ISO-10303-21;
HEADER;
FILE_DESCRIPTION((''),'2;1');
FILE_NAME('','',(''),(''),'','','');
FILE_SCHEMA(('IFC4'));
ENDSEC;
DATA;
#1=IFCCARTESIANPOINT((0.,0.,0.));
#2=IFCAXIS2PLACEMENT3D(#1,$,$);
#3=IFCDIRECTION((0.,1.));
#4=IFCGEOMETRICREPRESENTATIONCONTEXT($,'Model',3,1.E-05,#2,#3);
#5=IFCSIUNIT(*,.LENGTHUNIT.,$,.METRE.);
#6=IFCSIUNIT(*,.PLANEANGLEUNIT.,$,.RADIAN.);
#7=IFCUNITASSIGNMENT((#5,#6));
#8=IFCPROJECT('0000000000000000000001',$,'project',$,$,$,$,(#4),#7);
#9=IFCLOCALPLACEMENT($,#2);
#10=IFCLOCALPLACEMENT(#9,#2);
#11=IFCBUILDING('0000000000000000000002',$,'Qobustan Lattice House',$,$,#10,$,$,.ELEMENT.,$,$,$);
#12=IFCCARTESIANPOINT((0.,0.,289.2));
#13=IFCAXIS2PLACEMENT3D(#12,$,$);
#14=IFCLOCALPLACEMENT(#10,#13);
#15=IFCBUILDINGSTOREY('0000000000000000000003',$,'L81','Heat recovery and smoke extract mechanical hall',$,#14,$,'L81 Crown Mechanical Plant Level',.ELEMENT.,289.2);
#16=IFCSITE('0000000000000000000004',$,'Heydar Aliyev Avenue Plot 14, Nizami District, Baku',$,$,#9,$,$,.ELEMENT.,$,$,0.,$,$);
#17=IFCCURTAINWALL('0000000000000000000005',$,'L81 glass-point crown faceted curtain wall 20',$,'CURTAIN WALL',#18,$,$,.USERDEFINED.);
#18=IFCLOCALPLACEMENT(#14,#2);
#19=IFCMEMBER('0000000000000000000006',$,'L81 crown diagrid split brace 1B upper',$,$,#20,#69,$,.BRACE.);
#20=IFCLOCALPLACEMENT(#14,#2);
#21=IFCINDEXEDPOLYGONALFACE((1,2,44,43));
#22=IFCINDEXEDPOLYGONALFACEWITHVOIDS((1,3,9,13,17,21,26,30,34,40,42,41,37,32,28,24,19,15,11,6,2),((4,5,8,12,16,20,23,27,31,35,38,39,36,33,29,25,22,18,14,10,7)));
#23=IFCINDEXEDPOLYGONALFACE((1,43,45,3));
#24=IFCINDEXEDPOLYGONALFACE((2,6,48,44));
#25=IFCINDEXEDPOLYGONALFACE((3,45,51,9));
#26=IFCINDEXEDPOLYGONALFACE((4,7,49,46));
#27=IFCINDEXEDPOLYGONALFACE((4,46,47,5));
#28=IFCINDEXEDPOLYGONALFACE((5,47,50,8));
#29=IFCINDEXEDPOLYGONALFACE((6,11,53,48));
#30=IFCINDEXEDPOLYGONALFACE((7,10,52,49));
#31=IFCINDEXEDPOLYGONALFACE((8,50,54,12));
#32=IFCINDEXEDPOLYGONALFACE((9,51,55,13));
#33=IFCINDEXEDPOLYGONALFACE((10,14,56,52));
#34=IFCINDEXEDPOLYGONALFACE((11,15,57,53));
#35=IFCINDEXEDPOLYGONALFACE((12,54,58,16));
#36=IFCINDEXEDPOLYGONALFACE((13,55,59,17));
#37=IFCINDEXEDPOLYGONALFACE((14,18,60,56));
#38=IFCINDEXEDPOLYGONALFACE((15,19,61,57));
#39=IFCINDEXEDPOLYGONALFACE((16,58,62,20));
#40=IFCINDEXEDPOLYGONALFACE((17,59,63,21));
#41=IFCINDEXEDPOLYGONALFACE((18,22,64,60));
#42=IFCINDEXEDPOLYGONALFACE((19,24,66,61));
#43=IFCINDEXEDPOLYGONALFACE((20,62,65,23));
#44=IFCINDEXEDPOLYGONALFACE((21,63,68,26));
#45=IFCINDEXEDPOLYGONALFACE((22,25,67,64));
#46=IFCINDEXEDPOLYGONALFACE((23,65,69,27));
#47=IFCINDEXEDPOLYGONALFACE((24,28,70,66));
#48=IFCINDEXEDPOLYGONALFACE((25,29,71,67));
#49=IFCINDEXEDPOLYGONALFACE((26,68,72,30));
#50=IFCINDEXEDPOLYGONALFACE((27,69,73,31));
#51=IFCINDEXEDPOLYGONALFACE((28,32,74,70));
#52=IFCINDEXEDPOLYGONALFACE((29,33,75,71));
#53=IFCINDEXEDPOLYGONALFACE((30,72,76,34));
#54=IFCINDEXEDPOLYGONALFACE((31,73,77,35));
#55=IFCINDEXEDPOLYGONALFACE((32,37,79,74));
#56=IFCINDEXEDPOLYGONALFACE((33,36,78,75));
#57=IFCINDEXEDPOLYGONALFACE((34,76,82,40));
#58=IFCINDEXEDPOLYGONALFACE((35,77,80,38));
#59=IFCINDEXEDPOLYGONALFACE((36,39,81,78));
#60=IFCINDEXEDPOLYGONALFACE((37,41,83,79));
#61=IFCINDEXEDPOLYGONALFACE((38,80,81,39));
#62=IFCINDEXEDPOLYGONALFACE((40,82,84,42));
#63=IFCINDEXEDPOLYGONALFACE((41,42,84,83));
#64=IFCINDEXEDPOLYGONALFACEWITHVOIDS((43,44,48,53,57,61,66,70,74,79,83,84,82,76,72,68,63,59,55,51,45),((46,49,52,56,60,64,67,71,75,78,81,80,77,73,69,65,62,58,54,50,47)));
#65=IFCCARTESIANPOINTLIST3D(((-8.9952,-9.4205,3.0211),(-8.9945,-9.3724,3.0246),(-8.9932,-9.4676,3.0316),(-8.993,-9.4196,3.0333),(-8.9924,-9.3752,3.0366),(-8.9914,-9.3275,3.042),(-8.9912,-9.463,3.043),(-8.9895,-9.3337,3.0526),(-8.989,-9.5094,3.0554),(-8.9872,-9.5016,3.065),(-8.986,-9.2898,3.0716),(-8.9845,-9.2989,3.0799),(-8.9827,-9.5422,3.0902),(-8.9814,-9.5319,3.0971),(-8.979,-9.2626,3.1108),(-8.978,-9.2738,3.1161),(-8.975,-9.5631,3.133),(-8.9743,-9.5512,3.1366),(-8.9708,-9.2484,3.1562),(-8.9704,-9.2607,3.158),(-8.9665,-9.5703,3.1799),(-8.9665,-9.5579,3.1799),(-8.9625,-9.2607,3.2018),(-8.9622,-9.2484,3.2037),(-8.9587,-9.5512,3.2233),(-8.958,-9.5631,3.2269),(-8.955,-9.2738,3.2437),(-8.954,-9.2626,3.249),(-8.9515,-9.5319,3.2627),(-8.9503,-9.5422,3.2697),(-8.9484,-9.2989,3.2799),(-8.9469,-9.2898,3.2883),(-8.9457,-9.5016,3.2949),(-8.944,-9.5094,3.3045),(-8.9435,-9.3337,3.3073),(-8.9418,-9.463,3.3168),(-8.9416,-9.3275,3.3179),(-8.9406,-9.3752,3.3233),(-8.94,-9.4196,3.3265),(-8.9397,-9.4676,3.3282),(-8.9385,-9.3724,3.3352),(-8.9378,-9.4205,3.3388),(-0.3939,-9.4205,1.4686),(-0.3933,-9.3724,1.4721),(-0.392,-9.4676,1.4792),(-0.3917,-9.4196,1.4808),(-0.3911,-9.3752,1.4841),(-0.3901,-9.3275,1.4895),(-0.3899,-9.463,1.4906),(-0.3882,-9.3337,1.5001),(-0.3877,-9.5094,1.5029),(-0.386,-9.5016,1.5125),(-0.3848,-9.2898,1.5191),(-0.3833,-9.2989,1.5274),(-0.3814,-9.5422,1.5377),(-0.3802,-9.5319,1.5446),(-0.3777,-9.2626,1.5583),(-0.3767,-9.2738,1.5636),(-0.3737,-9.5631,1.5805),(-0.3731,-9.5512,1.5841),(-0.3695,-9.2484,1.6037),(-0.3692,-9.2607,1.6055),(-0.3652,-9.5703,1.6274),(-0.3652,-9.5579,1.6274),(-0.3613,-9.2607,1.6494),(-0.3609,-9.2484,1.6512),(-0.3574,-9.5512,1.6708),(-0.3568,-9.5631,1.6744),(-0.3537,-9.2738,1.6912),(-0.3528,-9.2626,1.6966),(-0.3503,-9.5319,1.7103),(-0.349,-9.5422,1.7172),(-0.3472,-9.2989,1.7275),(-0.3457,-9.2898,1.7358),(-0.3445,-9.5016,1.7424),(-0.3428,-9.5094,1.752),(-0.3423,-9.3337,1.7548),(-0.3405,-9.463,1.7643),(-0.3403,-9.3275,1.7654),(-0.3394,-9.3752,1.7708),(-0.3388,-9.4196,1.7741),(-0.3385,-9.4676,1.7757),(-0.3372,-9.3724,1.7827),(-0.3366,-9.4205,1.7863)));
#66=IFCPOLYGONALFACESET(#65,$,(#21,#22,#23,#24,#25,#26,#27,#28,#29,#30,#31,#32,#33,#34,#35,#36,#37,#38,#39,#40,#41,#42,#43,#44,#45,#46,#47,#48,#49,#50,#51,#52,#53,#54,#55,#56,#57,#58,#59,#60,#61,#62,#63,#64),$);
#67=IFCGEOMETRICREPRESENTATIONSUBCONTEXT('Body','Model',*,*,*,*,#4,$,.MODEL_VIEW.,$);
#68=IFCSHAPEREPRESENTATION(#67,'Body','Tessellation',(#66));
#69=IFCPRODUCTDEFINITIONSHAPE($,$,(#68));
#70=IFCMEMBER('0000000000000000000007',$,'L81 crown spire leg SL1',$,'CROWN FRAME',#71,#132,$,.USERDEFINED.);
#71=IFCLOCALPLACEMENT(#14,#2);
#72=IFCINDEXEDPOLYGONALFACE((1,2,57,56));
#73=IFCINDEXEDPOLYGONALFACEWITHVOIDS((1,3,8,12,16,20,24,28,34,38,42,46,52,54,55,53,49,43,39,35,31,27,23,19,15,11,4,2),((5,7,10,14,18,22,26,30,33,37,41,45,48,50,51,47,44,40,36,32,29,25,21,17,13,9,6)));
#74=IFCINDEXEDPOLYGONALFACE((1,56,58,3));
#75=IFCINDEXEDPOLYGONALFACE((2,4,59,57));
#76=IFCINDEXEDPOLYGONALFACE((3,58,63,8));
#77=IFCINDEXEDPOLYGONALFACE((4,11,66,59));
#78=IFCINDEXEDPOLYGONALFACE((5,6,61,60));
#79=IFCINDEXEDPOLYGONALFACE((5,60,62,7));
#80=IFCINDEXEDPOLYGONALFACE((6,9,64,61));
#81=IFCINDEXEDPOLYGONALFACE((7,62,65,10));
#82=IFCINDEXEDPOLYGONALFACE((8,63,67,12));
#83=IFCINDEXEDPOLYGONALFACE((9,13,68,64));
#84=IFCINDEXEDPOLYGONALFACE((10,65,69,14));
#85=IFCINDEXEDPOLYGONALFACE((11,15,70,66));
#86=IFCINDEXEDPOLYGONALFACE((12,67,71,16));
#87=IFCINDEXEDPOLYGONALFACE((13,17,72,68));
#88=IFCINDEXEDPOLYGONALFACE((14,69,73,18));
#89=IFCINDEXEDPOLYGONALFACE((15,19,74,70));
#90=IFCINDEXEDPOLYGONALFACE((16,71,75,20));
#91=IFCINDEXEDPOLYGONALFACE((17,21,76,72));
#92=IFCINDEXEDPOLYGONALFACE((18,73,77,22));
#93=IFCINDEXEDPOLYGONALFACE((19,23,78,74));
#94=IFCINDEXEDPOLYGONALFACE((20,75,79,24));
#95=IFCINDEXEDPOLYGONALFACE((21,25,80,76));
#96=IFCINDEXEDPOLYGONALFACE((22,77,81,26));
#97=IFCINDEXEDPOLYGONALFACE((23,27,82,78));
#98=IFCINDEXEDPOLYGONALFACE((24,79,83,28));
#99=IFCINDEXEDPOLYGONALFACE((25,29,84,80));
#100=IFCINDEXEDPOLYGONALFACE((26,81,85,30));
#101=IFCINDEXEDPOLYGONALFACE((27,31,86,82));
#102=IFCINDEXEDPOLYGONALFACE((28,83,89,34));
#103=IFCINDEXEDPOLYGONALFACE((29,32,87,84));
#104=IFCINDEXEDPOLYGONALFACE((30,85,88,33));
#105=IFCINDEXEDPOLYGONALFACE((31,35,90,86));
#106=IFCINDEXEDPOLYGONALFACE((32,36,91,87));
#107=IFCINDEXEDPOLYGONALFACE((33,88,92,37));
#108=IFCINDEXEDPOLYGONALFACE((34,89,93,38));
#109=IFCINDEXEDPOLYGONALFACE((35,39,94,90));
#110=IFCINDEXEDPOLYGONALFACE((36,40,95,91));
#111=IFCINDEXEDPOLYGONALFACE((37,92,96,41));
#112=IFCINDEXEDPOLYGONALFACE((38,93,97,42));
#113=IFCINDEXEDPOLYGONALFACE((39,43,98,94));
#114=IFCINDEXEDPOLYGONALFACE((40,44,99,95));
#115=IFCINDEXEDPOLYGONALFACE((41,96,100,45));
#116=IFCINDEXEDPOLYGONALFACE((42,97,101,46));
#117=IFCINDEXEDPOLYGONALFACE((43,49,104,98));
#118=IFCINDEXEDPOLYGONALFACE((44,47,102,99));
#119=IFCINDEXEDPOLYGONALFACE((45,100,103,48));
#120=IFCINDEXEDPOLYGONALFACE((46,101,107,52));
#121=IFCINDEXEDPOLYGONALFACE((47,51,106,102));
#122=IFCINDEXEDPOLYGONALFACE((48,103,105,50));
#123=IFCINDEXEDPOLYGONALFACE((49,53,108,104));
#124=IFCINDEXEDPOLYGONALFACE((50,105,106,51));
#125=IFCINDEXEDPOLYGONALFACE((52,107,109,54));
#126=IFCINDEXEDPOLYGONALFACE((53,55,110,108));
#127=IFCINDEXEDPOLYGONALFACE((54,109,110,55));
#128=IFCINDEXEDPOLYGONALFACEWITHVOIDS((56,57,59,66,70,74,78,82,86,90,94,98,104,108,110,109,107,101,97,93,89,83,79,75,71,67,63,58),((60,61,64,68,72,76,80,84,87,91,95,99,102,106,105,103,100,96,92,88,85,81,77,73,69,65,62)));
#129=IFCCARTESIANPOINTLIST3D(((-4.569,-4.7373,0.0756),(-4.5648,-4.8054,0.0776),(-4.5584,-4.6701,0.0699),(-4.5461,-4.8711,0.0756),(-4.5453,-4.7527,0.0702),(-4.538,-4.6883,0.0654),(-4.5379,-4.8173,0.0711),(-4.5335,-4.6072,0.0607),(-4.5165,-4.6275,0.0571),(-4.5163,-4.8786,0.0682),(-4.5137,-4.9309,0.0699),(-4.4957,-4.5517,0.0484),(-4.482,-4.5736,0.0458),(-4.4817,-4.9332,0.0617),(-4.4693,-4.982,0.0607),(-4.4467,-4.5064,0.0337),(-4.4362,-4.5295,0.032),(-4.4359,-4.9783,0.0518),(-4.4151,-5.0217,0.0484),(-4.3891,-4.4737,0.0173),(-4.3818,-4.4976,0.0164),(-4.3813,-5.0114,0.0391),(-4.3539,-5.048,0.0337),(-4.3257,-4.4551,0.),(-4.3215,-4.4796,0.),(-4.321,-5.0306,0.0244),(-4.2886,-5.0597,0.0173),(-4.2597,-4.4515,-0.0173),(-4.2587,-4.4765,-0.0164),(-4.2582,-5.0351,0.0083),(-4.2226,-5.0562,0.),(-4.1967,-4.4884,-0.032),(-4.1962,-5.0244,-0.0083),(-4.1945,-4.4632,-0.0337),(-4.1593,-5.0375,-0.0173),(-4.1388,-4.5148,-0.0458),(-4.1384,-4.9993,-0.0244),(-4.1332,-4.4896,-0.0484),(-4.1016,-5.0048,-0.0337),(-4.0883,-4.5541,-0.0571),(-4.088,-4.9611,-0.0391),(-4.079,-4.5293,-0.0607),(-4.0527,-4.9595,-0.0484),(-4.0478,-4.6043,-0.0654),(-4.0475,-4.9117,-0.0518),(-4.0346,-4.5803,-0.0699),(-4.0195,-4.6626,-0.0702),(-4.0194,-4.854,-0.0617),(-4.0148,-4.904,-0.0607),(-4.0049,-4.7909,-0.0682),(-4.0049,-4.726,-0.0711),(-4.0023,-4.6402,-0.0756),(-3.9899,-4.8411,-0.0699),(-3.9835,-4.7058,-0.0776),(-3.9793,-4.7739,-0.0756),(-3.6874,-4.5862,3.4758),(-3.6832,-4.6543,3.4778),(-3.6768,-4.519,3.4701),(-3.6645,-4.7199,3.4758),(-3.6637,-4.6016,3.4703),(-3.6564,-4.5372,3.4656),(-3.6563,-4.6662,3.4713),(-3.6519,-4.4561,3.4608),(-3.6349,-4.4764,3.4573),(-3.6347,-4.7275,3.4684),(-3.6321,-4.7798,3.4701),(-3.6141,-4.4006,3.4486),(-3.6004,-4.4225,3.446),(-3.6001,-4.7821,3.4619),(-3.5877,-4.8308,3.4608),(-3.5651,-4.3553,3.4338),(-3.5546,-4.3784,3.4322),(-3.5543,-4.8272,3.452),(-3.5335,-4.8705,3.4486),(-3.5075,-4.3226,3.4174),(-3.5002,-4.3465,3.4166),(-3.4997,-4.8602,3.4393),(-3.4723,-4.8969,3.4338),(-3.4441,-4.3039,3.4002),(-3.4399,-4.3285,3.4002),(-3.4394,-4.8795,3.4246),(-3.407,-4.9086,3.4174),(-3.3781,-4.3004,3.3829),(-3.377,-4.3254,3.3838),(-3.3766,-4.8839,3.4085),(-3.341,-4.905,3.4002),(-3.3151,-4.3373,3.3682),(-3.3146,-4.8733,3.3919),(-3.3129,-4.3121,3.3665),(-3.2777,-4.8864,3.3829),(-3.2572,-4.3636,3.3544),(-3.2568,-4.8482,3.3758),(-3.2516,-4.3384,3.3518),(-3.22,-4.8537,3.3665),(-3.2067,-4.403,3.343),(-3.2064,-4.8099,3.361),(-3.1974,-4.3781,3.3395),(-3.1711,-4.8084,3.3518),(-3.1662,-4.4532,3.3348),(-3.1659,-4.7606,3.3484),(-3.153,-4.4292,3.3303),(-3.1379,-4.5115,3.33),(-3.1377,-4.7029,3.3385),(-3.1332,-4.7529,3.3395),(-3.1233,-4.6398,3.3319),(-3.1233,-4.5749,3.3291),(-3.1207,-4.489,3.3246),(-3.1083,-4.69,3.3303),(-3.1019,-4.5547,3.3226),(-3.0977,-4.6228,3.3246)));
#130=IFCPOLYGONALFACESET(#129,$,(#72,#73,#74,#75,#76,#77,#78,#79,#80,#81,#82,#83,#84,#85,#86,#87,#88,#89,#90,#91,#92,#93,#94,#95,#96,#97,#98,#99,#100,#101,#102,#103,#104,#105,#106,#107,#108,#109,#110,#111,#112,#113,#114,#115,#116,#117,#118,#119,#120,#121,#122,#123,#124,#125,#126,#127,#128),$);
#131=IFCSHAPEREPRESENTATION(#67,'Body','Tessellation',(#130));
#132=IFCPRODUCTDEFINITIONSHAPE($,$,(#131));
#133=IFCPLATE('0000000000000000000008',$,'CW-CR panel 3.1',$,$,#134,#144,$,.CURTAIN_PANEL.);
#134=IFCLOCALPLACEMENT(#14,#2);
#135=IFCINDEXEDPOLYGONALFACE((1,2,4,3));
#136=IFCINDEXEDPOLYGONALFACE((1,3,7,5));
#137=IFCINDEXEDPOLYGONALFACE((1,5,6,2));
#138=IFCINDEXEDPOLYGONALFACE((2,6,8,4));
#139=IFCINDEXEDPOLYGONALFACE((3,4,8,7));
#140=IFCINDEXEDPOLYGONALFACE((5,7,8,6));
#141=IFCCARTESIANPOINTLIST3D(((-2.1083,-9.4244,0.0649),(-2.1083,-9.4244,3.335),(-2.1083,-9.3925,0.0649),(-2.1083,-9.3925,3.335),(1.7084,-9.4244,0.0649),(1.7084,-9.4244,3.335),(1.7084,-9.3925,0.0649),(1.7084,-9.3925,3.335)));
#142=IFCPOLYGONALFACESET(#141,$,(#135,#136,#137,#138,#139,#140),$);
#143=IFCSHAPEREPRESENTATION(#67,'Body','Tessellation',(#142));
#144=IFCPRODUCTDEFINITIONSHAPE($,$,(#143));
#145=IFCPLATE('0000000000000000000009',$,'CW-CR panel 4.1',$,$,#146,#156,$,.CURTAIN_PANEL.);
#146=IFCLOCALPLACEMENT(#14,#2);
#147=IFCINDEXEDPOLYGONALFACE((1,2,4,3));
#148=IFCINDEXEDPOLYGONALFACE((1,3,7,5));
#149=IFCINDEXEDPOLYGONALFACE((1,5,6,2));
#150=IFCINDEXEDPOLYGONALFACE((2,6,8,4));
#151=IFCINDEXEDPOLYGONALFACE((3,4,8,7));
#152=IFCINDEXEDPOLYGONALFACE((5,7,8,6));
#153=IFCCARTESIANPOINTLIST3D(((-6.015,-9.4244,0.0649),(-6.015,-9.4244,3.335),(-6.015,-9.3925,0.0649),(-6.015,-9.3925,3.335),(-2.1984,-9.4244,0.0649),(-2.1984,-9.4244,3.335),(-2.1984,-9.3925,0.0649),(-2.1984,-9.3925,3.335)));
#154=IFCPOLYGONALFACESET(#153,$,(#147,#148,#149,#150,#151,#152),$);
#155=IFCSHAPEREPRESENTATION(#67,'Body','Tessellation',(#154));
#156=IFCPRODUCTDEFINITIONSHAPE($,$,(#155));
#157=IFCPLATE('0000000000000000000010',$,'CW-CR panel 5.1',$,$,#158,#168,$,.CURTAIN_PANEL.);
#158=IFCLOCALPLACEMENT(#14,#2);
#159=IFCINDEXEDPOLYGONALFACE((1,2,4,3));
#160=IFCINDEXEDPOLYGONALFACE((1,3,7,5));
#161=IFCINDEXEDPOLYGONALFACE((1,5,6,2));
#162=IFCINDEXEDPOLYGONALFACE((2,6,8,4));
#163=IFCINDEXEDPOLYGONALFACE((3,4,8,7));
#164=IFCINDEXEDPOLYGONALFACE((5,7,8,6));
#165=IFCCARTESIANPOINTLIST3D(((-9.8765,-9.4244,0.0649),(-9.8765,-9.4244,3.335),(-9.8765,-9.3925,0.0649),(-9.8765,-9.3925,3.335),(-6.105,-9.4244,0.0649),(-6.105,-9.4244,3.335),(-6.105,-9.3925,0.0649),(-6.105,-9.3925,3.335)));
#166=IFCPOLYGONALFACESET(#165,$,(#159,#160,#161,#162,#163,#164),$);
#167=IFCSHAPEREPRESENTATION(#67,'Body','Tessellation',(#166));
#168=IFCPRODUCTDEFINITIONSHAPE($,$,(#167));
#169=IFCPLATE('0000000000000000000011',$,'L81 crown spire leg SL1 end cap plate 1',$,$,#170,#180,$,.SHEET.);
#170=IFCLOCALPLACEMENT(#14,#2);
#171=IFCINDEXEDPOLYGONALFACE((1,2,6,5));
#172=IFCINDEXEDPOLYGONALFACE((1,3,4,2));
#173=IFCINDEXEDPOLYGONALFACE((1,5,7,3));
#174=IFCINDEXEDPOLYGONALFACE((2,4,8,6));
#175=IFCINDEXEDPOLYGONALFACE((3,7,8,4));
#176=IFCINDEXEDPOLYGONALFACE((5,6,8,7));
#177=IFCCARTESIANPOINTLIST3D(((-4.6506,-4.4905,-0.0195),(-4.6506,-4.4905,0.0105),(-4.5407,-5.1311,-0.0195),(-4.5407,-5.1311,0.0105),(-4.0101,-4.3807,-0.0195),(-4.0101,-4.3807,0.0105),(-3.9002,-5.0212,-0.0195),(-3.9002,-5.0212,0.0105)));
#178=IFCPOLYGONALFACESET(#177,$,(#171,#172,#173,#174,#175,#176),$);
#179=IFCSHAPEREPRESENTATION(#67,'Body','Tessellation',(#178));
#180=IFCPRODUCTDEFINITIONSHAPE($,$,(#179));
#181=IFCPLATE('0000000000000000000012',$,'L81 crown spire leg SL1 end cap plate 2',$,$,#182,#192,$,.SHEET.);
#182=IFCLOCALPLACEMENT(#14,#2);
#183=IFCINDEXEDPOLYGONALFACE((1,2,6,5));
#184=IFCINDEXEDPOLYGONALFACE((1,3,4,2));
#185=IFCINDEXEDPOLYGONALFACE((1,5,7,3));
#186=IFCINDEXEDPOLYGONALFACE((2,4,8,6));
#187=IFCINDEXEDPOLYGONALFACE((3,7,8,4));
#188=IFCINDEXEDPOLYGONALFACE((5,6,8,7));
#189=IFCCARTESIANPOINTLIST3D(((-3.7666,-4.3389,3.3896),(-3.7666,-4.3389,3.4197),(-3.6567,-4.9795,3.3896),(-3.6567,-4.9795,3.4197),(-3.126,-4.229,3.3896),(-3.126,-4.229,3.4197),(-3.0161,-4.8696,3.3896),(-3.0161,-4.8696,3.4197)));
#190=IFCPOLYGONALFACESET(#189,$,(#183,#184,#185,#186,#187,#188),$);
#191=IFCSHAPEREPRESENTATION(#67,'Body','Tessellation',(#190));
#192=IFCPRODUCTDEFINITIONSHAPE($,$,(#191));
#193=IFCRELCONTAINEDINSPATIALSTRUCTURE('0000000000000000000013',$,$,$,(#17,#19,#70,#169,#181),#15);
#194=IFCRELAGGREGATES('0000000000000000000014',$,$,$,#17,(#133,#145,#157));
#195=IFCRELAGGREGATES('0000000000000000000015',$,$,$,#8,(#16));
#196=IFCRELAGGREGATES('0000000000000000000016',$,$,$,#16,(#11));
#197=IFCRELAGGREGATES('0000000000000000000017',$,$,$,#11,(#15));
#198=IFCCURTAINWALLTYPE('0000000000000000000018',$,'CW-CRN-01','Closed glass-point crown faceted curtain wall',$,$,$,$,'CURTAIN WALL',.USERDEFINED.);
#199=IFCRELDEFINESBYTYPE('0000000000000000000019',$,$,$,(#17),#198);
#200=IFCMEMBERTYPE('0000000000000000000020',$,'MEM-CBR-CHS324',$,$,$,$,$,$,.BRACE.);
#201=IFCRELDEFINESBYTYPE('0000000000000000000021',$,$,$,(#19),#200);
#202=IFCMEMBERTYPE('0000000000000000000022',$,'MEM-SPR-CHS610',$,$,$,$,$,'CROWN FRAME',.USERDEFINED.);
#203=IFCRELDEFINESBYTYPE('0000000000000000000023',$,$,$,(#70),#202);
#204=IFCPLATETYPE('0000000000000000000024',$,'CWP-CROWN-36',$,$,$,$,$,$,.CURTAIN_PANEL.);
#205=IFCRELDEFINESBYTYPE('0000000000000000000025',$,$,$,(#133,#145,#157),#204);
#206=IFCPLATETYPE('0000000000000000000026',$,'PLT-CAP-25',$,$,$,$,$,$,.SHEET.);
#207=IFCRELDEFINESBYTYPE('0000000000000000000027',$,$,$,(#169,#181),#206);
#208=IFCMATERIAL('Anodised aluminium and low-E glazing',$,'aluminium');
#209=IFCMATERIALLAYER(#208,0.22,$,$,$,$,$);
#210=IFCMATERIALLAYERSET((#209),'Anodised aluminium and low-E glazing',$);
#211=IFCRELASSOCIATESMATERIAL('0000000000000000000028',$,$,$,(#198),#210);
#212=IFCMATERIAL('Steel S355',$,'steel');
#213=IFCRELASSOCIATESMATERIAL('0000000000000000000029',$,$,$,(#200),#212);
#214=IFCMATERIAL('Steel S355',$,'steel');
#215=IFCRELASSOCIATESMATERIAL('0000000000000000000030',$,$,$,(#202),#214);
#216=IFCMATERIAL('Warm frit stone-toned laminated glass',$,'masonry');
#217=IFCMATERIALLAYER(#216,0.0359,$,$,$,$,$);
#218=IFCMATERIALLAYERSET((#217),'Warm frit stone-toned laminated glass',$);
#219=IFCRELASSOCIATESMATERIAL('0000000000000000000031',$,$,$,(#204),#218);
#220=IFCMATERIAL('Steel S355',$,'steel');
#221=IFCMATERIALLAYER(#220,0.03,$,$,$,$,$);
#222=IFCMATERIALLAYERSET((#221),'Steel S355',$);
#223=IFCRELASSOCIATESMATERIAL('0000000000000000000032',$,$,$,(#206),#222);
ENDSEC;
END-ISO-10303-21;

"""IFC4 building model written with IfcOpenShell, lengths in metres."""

from ifc_helpers import new_model, si_unit, direction, frame, origin, origin_2d, place, context, subcontext, project, spatial, rectangle, hollow_circle, extrude, material, layer, layer_set, material_profile, profile_set, type_object, element, aggregate, save


model = new_model("IFC4")

# Units and contexts
model_context = context("Model", 3, precision=1e-05, world=origin(), true_north=direction((0.0, 1.0)))
body_context = subcontext(model_context, "Body", "Model", "MODEL_VIEW")
ifc_project = project(units=[si_unit("LENGTHUNIT", "METRE"), si_unit("PLANEANGLEUNIT", "RADIAN")], contexts=[model_context])

# Site, building, storey
site_placement = place(None, origin())
site = spatial("IfcSite", under=ifc_project, at=site_placement, Name="Heydar Aliyev Avenue Plot 14, Nizami District, Baku", CompositionType="ELEMENT", RefElevation=0.0)
building_placement = place(site_placement, origin())
building = spatial("IfcBuilding", under=site, at=building_placement, Name="Qobustan Lattice House", CompositionType="ELEMENT")
storey_placement = place(building_placement, frame((0.0, 0.0, 289.2)))
storey = spatial("IfcBuildingStorey", under=building, at=storey_placement, Name="L81", Description="Heat recovery and smoke extract mechanical hall", LongName="L81 Crown Mechanical Plant Level", CompositionType="ELEMENT", Elevation=289.2)

# Curtain wall
ifc_material_1 = material(Name="Anodised aluminium and low-E glazing", Category="aluminium")
ifc_layer_1 = layer(ifc_material_1, 0.22)
ifc_layer_set_1 = layer_set([ifc_layer_1], Name="Anodised aluminium and low-E glazing")
curtain_wall_type = type_object("IfcCurtainWallType", Name="CW-CRN-01", Description="Closed glass-point crown faceted curtain wall", ElementType="CURTAIN WALL", PredefinedType="USERDEFINED", material=ifc_layer_set_1)
curtain_wall_placement = place(storey_placement, origin())
curtain_wall = element("IfcCurtainWall", 1, at=curtain_wall_placement, inside=storey, type_object=curtain_wall_type, Name="L81 glass-point crown faceted curtain wall 20", ObjectType="CURTAIN WALL", PredefinedType="USERDEFINED")

# Members
ifc_material_2 = material(Name="Steel S355", Category="steel")
ifc_material_profile_1 = material_profile(ifc_material_2, hollow_circle(Radius=0.1619, WallThickness=0.0125, at=origin_2d()), Name="CHS323.9x12.5")
ifc_profile_set_1 = profile_set([ifc_material_profile_1], Name="Steel S355")
member_type_1 = type_object("IfcMemberType", Name="MEM-CBR-CHS324", PredefinedType="BRACE", material=ifc_profile_set_1)
member_1_placement = place(storey_placement, frame((-0.3652, -9.4084, 1.6274), z_axis=(-0.984098, 0.0, 0.177624), x_axis=(0.0, -1.0, 0.0)))
element("IfcMember", 2, at=member_1_placement, inside=storey, type_object=member_type_1, Name="L81 crown diagrid split brace 1B upper", PredefinedType="BRACE", context=body_context, shape_type="SweptSolid", body=[
    extrude(hollow_circle(Radius=0.1619, WallThickness=0.0125, at=origin_2d()), origin(), (0.0, 0.0, 1.0), 8.7402),
])
ifc_material_3 = material(Name="Steel S355", Category="steel")
ifc_material_profile_2 = material_profile(ifc_material_3, hollow_circle(Radius=0.3049, WallThickness=0.0249, at=origin_2d()), Name="CHS610x25")
ifc_profile_set_2 = profile_set([ifc_material_profile_2], Name="Steel S355")
member_type_2 = type_object("IfcMemberType", Name="MEM-SPR-CHS610", ElementType="CROWN FRAME", PredefinedType="USERDEFINED", material=ifc_profile_set_2)
member_2_placement = place(storey_placement, frame((-4.2742, -4.7556, 0.0), z_axis=(0.250749, 0.042984, 0.967097), x_axis=(-0.168956, 0.985624, 0.0)))
element("IfcMember", 3, at=member_2_placement, inside=storey, type_object=member_type_2, Name="L81 crown spire leg SL1", ObjectType="CROWN FRAME", PredefinedType="USERDEFINED", context=body_context, shape_type="SweptSolid", body=[
    extrude(hollow_circle(Radius=0.3049, WallThickness=0.0249, at=origin_2d()), origin(), (0.0, 0.0, 1.0), 3.5159),
])

# Plates
ifc_material_4 = material(Name="Warm frit stone-toned laminated glass", Category="masonry")
ifc_layer_2 = layer(ifc_material_4, 0.0359)
ifc_layer_set_2 = layer_set([ifc_layer_2], Name="Warm frit stone-toned laminated glass")
plate_type_1 = type_object("IfcPlateType", Name="CWP-CROWN-36", PredefinedType="CURTAIN_PANEL", material=ifc_layer_set_2)
plate_1_placement = place(storey_placement, frame((-0.2, -9.4084, 0.0649), z_axis=(0.0, 0.0, 1.0), x_axis=(-1.0, 0.0, 0.0)))
plate_1 = element("IfcPlate", 4, at=plate_1_placement, type_object=plate_type_1, Name="CW-CR panel 3.1", PredefinedType="CURTAIN_PANEL", context=body_context, shape_type="SweptSolid", body=[
    extrude(rectangle(XDim=3.8167, YDim=0.032, at=origin_2d()), origin(), (0.0, 0.0, 1.0), 3.27),
])
plate_2_placement = place(storey_placement, frame((-4.1067, -9.4084, 0.0649), z_axis=(0.0, 0.0, 1.0), x_axis=(-1.0, 0.0, 0.0)))
plate_2 = element("IfcPlate", 5, at=plate_2_placement, type_object=plate_type_1, Name="CW-CR panel 4.1", PredefinedType="CURTAIN_PANEL", context=body_context, shape_type="SweptSolid", body=[
    extrude(rectangle(XDim=3.8167, YDim=0.032, at=origin_2d()), origin(), (0.0, 0.0, 1.0), 3.27),
])
plate_3_placement = place(storey_placement, frame((-7.9907, -9.4084, 0.0649), z_axis=(0.0, 0.0, 1.0), x_axis=(-1.0, 0.0, 0.0)))
plate_3 = element("IfcPlate", 6, at=plate_3_placement, type_object=plate_type_1, Name="CW-CR panel 5.1", PredefinedType="CURTAIN_PANEL", context=body_context, shape_type="SweptSolid", body=[
    extrude(rectangle(XDim=3.7715, YDim=0.032, at=origin_2d()), origin(), (0.0, 0.0, 1.0), 3.27),
])
aggregate(curtain_wall, [plate_1, plate_2, plate_3])

# Plates
ifc_material_5 = material(Name="Steel S355", Category="steel")
ifc_layer_3 = layer(ifc_material_5, 0.03)
ifc_layer_set_3 = layer_set([ifc_layer_3], Name="Steel S355")
plate_type_2 = type_object("IfcPlateType", Name="PLT-CAP-25", PredefinedType="SHEET", material=ifc_layer_set_3)
for number, where, z_axis, x_axis, name in (
    (7, (-4.2754, -4.7559, -0.0195), (0.0, 0.0, 1.0), (0.985606, 0.169057, 0.0), "L81 crown spire leg SL1 end cap plate 1"),
    (8, (-3.3914, -4.6042, 3.3896), (0.0, 0.0, 1.0), (0.985606, 0.169057, 0.0), "L81 crown spire leg SL1 end cap plate 2"),
):
    element("IfcPlate", number, at=place(storey_placement, frame(where, z_axis=z_axis, x_axis=x_axis)), inside=storey, type_object=plate_type_2, Name=name, PredefinedType="SHEET", context=body_context, shape_type="SweptSolid", body=[
        extrude(rectangle(XDim=0.6499, YDim=0.6499, at=origin_2d()), origin(), (0.0, 0.0, 1.0), 0.03),
    ])

save(model, "model.ifc")
